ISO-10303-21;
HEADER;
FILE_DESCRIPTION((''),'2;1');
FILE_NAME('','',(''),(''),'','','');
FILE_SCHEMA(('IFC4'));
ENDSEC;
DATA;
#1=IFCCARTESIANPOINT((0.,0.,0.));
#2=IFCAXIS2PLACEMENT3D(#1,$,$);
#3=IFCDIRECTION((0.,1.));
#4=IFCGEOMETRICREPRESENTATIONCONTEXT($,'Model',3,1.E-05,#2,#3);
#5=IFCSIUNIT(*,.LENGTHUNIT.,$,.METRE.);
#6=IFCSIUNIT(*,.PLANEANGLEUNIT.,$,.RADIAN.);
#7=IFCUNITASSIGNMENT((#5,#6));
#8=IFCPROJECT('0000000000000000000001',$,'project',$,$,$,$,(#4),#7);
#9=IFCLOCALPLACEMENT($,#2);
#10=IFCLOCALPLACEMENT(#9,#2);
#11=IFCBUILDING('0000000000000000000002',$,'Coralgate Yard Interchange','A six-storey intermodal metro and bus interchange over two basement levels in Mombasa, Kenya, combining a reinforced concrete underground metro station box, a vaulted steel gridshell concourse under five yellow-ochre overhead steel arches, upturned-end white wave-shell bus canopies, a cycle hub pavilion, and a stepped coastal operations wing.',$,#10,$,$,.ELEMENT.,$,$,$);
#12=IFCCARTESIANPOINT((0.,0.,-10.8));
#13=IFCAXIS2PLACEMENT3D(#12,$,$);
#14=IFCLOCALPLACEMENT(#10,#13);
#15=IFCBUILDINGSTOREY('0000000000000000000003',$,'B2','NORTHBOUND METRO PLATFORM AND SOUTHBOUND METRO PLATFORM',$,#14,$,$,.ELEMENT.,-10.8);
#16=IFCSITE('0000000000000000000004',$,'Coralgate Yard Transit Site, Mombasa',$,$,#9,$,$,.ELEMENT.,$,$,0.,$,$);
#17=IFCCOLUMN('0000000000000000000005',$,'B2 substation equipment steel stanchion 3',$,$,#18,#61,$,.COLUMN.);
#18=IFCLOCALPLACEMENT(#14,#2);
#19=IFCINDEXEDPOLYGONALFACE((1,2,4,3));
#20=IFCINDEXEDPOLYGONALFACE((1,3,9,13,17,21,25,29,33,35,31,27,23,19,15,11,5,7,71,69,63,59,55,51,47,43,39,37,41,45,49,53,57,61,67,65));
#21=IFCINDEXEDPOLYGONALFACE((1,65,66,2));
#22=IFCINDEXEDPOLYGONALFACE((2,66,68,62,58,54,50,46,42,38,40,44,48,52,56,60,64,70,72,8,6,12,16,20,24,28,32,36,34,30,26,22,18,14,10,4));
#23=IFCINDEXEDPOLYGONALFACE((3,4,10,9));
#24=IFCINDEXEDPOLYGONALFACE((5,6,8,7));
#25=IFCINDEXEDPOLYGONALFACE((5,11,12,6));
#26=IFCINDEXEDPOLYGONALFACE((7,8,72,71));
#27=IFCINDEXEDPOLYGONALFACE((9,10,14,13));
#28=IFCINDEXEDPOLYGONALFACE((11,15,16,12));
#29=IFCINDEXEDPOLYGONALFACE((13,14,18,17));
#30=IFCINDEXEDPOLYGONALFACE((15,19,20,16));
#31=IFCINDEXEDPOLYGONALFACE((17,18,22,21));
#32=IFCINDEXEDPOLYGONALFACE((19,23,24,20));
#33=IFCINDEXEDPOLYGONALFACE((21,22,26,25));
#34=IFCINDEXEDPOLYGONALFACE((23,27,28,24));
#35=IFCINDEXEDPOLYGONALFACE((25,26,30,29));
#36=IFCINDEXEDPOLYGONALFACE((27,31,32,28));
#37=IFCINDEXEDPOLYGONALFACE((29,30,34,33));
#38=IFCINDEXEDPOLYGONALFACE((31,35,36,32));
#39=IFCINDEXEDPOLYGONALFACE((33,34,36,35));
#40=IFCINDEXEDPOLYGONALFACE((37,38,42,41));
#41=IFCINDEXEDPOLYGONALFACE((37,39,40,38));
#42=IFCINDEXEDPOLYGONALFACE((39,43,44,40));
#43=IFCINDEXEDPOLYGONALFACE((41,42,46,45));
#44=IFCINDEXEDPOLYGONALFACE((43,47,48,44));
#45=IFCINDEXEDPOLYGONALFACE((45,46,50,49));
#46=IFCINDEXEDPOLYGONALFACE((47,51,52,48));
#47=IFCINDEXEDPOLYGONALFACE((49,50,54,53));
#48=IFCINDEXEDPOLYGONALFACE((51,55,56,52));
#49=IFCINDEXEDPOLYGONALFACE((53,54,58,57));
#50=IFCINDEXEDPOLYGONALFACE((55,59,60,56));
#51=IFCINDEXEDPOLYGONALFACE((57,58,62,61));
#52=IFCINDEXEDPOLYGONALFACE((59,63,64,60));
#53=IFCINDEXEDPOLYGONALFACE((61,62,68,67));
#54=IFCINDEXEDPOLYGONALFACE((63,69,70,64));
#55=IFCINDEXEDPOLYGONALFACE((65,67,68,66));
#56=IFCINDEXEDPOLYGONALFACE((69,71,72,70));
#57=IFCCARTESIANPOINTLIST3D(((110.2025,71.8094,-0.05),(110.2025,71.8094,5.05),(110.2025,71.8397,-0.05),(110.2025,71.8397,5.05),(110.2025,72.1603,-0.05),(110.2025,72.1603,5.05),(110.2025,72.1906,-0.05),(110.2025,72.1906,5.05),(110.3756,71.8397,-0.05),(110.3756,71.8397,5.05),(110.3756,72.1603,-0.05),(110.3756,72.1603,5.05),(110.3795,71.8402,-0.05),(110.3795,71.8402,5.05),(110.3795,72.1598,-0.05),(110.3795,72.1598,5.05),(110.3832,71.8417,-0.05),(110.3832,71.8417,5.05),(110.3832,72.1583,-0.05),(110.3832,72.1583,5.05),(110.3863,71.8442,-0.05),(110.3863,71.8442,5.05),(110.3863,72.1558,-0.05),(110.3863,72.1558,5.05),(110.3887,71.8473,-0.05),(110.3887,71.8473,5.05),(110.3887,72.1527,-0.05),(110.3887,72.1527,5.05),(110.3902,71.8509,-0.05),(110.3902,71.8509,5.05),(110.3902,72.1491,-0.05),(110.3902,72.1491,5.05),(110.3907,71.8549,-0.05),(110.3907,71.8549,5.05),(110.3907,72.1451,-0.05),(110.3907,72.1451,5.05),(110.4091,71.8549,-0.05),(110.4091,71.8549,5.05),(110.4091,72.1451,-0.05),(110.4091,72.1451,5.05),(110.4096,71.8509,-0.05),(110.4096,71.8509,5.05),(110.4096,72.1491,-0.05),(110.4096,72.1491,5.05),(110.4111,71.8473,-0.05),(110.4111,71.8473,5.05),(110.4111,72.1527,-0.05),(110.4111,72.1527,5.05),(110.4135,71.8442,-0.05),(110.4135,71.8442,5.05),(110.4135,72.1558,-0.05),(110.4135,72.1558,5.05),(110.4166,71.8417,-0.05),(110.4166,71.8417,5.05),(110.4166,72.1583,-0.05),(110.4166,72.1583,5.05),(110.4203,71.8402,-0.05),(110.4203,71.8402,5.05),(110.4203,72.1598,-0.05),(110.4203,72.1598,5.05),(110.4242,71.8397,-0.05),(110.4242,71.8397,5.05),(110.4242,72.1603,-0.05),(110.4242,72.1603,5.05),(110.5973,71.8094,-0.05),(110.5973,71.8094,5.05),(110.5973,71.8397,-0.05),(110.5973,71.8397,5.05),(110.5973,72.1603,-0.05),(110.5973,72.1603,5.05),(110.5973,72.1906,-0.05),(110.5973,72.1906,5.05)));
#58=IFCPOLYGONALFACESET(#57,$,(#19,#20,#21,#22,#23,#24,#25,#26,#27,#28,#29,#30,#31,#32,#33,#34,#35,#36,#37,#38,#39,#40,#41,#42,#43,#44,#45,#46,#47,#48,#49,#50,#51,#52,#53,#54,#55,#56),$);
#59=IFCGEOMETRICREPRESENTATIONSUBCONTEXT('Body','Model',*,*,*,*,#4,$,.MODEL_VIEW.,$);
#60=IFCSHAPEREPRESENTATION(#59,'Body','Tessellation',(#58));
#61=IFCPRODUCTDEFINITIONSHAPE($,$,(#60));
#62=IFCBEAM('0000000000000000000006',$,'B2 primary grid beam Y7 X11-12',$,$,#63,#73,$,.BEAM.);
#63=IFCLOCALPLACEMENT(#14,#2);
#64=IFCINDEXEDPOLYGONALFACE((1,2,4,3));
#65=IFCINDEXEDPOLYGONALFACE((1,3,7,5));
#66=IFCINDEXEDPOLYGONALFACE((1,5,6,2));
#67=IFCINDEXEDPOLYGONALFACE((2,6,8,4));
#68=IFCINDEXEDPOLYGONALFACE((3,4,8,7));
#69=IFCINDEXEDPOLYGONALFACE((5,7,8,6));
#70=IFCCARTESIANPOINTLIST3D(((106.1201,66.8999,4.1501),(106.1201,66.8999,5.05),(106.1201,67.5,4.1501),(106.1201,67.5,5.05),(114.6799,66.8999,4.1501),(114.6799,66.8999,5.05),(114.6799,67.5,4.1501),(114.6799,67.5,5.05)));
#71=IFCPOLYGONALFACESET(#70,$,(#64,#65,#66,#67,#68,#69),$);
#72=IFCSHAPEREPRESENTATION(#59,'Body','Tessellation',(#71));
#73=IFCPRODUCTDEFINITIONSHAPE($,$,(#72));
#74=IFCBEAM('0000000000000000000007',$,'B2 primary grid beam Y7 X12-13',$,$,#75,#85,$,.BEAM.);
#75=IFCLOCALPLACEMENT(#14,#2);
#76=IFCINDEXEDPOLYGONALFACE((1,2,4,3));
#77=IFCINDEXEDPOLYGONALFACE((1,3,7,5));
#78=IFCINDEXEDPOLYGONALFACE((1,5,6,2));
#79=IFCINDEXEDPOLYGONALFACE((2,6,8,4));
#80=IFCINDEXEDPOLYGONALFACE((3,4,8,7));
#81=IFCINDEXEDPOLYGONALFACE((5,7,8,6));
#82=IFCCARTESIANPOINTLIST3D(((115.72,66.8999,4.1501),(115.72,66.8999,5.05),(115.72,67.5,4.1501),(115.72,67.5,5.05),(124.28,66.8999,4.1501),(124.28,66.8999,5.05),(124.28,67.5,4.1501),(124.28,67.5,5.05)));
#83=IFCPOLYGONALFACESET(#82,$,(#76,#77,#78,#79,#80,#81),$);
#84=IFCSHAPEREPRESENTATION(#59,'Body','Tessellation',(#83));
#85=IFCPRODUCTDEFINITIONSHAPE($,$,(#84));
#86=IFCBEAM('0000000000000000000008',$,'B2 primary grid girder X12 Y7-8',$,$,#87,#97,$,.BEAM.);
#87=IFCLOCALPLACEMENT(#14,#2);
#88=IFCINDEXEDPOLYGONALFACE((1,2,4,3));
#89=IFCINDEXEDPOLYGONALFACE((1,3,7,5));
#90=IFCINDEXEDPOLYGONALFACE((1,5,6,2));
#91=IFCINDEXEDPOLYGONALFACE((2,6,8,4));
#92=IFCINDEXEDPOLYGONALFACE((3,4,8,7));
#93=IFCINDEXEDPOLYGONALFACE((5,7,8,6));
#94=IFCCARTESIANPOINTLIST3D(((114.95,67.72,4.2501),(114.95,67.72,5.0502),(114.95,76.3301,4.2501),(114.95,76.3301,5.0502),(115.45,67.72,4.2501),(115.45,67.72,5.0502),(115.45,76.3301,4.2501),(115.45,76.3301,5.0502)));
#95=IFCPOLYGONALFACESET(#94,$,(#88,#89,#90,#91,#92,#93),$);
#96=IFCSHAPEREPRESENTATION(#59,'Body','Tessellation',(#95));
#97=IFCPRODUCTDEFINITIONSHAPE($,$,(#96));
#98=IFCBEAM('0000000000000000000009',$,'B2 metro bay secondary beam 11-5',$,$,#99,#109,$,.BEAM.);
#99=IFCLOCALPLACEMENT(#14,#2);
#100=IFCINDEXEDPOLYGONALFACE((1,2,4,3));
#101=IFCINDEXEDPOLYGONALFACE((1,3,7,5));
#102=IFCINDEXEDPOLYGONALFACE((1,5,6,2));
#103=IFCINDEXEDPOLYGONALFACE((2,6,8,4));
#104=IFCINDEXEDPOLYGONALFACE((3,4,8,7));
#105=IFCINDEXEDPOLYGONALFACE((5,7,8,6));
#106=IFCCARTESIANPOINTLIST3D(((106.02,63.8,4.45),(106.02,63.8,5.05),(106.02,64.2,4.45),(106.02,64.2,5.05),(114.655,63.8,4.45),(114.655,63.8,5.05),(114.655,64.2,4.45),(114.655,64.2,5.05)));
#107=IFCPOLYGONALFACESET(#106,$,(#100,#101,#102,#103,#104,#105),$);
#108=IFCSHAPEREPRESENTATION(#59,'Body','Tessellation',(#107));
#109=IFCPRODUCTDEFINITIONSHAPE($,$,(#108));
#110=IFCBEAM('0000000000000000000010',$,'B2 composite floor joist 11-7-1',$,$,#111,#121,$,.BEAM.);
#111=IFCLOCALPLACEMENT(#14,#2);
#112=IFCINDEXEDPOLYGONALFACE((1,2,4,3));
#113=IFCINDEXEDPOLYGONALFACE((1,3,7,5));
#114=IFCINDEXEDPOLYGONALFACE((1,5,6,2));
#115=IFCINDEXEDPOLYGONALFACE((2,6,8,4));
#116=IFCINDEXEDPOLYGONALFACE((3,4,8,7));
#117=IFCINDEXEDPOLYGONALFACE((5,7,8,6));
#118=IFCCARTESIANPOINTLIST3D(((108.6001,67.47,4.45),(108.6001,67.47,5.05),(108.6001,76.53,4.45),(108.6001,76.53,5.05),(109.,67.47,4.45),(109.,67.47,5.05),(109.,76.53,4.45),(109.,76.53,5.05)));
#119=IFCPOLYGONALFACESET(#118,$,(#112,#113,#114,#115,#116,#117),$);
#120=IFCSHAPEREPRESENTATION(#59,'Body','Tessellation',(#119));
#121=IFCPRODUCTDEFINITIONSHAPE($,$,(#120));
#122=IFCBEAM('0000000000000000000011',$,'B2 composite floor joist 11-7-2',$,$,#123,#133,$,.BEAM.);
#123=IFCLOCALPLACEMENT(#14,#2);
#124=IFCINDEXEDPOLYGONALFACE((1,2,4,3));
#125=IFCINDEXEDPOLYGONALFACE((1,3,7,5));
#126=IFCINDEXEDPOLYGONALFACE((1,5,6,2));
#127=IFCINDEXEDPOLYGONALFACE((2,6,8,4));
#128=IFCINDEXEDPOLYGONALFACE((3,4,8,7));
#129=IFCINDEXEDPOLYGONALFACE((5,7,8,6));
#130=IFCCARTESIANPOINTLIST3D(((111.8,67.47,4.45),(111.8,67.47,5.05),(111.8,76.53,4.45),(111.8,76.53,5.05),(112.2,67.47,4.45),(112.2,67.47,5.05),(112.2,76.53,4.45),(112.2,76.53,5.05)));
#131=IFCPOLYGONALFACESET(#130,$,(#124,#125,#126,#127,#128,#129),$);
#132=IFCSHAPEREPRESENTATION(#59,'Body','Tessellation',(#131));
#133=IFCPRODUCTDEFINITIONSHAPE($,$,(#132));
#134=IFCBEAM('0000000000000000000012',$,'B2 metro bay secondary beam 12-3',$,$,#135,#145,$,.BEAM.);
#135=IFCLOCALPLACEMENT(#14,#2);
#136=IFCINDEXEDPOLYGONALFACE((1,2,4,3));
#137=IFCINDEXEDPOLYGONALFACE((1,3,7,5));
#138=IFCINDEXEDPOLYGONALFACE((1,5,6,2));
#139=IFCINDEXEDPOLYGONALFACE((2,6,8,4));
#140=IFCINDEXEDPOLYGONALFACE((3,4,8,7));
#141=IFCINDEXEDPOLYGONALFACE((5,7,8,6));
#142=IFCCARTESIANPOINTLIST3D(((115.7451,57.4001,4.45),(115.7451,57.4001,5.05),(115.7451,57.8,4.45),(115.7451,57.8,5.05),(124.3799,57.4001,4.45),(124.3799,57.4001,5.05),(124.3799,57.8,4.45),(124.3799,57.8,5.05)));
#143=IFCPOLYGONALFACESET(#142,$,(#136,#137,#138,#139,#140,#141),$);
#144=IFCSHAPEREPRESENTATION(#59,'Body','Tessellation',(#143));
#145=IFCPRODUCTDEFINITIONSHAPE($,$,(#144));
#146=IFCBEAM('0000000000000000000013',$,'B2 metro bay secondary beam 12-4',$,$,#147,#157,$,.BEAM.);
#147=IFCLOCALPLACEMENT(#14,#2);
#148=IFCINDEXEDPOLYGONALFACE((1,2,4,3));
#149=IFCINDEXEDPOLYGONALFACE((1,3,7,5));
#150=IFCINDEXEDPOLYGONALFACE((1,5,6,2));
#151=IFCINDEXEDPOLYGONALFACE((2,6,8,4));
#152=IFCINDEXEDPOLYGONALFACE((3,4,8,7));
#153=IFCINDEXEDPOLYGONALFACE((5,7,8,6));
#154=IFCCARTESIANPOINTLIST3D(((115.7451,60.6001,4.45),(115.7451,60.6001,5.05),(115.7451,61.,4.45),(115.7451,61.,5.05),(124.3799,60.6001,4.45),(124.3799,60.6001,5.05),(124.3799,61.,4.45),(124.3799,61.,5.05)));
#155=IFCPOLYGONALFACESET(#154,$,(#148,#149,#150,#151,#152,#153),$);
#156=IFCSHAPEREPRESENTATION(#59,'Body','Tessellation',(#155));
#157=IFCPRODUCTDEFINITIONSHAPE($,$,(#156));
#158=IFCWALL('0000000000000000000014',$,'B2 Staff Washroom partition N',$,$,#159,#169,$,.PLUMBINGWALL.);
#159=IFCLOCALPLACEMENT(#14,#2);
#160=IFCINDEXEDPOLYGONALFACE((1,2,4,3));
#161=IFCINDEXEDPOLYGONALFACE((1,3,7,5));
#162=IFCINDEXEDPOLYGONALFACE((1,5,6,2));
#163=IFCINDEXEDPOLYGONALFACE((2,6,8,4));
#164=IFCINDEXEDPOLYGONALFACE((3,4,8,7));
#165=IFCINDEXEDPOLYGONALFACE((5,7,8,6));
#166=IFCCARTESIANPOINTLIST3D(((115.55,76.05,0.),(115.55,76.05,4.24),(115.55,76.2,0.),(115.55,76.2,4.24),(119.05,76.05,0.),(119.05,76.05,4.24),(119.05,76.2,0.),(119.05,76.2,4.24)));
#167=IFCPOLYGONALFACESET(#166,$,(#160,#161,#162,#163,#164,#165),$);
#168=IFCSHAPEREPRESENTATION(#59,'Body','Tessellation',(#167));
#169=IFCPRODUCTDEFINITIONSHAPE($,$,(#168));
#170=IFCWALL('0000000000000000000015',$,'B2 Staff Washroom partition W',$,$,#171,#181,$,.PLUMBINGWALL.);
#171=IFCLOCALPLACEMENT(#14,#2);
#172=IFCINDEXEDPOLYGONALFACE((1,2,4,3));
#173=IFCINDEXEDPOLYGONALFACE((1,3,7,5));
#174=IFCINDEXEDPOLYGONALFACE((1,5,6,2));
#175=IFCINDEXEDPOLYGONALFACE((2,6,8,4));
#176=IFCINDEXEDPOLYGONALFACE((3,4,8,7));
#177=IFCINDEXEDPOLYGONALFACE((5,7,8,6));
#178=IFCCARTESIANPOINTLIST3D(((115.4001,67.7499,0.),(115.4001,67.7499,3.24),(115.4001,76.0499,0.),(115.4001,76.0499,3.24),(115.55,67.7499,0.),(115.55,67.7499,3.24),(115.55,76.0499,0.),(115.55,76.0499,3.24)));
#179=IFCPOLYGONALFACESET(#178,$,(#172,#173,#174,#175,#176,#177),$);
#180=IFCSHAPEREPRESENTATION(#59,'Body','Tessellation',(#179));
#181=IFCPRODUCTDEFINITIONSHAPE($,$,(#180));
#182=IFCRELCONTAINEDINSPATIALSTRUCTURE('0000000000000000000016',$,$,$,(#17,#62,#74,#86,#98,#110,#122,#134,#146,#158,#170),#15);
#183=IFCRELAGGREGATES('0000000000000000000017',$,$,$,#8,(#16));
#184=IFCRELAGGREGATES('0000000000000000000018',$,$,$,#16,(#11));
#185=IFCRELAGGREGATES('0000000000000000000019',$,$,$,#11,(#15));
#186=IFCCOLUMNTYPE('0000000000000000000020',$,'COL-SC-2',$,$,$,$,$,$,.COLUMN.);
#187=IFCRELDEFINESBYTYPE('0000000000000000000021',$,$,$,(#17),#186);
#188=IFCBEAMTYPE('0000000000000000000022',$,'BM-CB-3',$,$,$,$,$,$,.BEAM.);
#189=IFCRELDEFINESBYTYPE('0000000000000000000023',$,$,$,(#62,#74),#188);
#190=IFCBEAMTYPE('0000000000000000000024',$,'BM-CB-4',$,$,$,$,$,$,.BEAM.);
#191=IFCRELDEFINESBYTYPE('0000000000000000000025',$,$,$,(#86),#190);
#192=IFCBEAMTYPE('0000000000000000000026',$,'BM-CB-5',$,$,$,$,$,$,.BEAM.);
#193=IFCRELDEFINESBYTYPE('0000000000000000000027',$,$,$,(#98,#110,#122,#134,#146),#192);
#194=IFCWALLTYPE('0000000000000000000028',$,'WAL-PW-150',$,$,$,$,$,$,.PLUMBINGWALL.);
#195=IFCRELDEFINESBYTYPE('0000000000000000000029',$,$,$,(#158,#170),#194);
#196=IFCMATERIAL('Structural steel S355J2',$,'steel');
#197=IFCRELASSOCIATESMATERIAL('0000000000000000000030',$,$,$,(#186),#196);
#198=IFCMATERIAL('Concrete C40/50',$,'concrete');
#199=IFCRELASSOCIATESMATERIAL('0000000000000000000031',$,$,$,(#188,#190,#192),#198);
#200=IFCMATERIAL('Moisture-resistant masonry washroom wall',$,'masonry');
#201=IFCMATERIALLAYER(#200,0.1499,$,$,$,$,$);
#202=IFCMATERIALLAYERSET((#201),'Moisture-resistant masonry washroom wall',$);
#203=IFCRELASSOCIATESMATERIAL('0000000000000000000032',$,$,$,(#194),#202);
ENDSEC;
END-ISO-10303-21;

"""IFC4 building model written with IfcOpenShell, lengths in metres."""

from ifc_helpers import new_model, si_unit, direction, frame, frame_2d, origin, origin_2d, place, context, subcontext, project, spatial, rectangle, i_section, extrude, material, layer, layer_set, material_profile, profile_set, type_object, element, save


model = new_model("IFC4")

# Units and contexts
model_context = context("Model", 3, precision=1e-05, world=origin(), true_north=direction((0.0, 1.0)))
body_context = subcontext(model_context, "Body", "Model", "MODEL_VIEW")
ifc_project = project(units=[si_unit("LENGTHUNIT", "METRE"), si_unit("PLANEANGLEUNIT", "RADIAN")], contexts=[model_context])

# Site, building, storey
site_placement = place(None, origin())
site = spatial("IfcSite", under=ifc_project, at=site_placement, Name="Coralgate Yard Transit Site, Mombasa", CompositionType="ELEMENT", RefElevation=0.0)
building_placement = place(site_placement, origin())
building = spatial("IfcBuilding", under=site, at=building_placement, Name="Coralgate Yard Interchange", Description="A six-storey intermodal metro and bus interchange over two basement levels in Mombasa, Kenya, combining a reinforced concrete underground metro station box, a vaulted steel gridshell concourse under five yellow-ochre overhead steel arches, upturned-end white wave-shell bus canopies, a cycle hub pavilion, and a stepped coastal operations wing.", CompositionType="ELEMENT")
storey_placement = place(building_placement, frame((0.0, 0.0, -10.8)))
storey = spatial("IfcBuildingStorey", under=building, at=storey_placement, Name="B2", Description="NORTHBOUND METRO PLATFORM AND SOUTHBOUND METRO PLATFORM", CompositionType="ELEMENT", Elevation=-10.8)

# Shared definitions
ifc_material_1 = material(Name="Concrete C40/50", Category="concrete")

# Column
ifc_material_2 = material(Name="Structural steel S355J2", Category="steel")
ifc_material_profile_1 = material_profile(ifc_material_2, i_section(OverallWidth=0.3948, OverallDepth=0.3811, WebThickness=0.0183, FlangeThickness=0.0303, FilletRadius=0.0151, at=origin_2d()), Name="UC 356x406x235")
ifc_profile_set_1 = profile_set([ifc_material_profile_1], Name="Structural steel S355J2")
column_type_1 = type_object("IfcColumnType", Name="COL-SC-2", PredefinedType="COLUMN", material=ifc_profile_set_1)
column_1_placement = place(storey_placement, frame((110.3999, 72.0, -0.05), z_axis=(0.0, 0.0, 1.0), x_axis=(1.0, 0.0, 0.0)))
element("IfcColumn", 1, at=column_1_placement, inside=storey, type_object=column_type_1, Name="B2 substation equipment steel stanchion 3", PredefinedType="COLUMN", context=body_context, shape_type="SweptSolid", body=[
    extrude(i_section(OverallWidth=0.3948, OverallDepth=0.3811, WebThickness=0.0183, FlangeThickness=0.0303, FilletRadius=0.0151, at=origin_2d()), origin(), (0.0, 0.0, 1.0), 5.1001),
])

# Beams
ifc_material_profile_2 = material_profile(ifc_material_1, rectangle(XDim=0.6001, YDim=0.8999, at=origin_2d()), Name="RC 600x900")
ifc_profile_set_2 = profile_set([ifc_material_profile_2], Name="Concrete C40/50")
beam_type_1 = type_object("IfcBeamType", Name="BM-CB-3", PredefinedType="BEAM", material=ifc_profile_set_2)
beam_1_placement = place(storey_placement, frame((106.1201, 67.2, 4.6001), z_axis=(1.0, 0.0, 0.0), x_axis=(0.0, 1.0, 0.0)))
element("IfcBeam", 2, at=beam_1_placement, inside=storey, type_object=beam_type_1, Name="B2 primary grid beam Y7 X11-12", PredefinedType="BEAM", context=body_context, shape_type="SweptSolid", body=[
    extrude(rectangle(XDim=0.6001, YDim=0.8999, at=origin_2d()), origin(), (0.0, 0.0, 1.0), 8.5598),
])
beam_2_placement = place(storey_placement, frame((115.72, 67.2, 4.6001), z_axis=(1.0, 0.0, 0.0), x_axis=(0.0, 1.0, 0.0)))
element("IfcBeam", 3, at=beam_2_placement, inside=storey, type_object=beam_type_1, Name="B2 primary grid beam Y7 X12-13", PredefinedType="BEAM", context=body_context, shape_type="SweptSolid", body=[
    extrude(rectangle(XDim=0.6001, YDim=0.8999, at=origin_2d()), origin(), (0.0, 0.0, 1.0), 8.5601),
])
ifc_material_profile_3 = material_profile(ifc_material_1, rectangle(XDim=0.5, YDim=0.8, at=origin_2d()), Name="RC 500x800")
ifc_profile_set_3 = profile_set([ifc_material_profile_3], Name="Concrete C40/50")
beam_type_2 = type_object("IfcBeamType", Name="BM-CB-4", PredefinedType="BEAM", material=ifc_profile_set_3)
beam_3_placement = place(storey_placement, frame((115.2, 67.72, 4.6501), z_axis=(0.0, 1.0, 0.0), x_axis=(-1.0, 0.0, 0.0)))
element("IfcBeam", 4, at=beam_3_placement, inside=storey, type_object=beam_type_2, Name="B2 primary grid girder X12 Y7-8", PredefinedType="BEAM", context=body_context, shape_type="SweptSolid", body=[
    extrude(rectangle(XDim=0.5, YDim=0.8, at=origin_2d()), origin(), (0.0, 0.0, 1.0), 8.6101),
])
ifc_material_profile_4 = material_profile(ifc_material_1, rectangle(XDim=0.3999, YDim=0.6001, at=origin_2d()), Name="RC 400x600")
ifc_profile_set_4 = profile_set([ifc_material_profile_4], Name="Concrete C40/50")
beam_type_3 = type_object("IfcBeamType", Name="BM-CB-5", PredefinedType="BEAM", material=ifc_profile_set_4)
beam_4_placement = place(storey_placement, frame((106.02, 64.0, 4.75), z_axis=(1.0, 0.0, 0.0), x_axis=(0.0, 1.0, 0.0)))
element("IfcBeam", 5, at=beam_4_placement, inside=storey, type_object=beam_type_3, Name="B2 metro bay secondary beam 11-5", PredefinedType="BEAM", context=body_context, shape_type="SweptSolid", body=[
    extrude(rectangle(XDim=0.3999, YDim=0.6001, at=origin_2d()), origin(), (0.0, 0.0, 1.0), 8.635),
])
for number, where, z_axis, x_axis, name in (
    (6, (108.8, 67.47, 4.75), (0.0, 1.0, 0.0), (-1.0, 0.0, 0.0), "B2 composite floor joist 11-7-1"),
    (7, (112.0, 67.47, 4.75), (0.0, 1.0, 0.0), (-1.0, 0.0, 0.0), "B2 composite floor joist 11-7-2"),
):
    element("IfcBeam", number, at=place(storey_placement, frame(where, z_axis=z_axis, x_axis=x_axis)), inside=storey, type_object=beam_type_3, Name=name, PredefinedType="BEAM", context=body_context, shape_type="SweptSolid", body=[
        extrude(rectangle(XDim=0.3999, YDim=0.6001, at=origin_2d()), origin(), (0.0, 0.0, 1.0), 9.0601),
    ])
for number, where, z_axis, x_axis, name in (
    (8, (115.7451, 57.6001, 4.75), (1.0, 0.0, 0.0), (0.0, 1.0, 0.0), "B2 metro bay secondary beam 12-3"),
    (9, (115.7451, 60.8, 4.75), (1.0, 0.0, 0.0), (0.0, 1.0, 0.0), "B2 metro bay secondary beam 12-4"),
):
    element("IfcBeam", number, at=place(storey_placement, frame(where, z_axis=z_axis, x_axis=x_axis)), inside=storey, type_object=beam_type_3, Name=name, PredefinedType="BEAM", context=body_context, shape_type="SweptSolid", body=[
        extrude(rectangle(XDim=0.3999, YDim=0.6001, at=origin_2d()), origin(), (0.0, 0.0, 1.0), 8.6348),
    ])

# Walls
ifc_material_3 = material(Name="Moisture-resistant masonry washroom wall", Category="masonry")
ifc_layer_1 = layer(ifc_material_3, 0.1499)
ifc_layer_set_1 = layer_set([ifc_layer_1], Name="Moisture-resistant masonry washroom wall")
wall_type_1 = type_object("IfcWallType", Name="WAL-PW-150", PredefinedType="PLUMBINGWALL", material=ifc_layer_set_1)
wall_1_placement = place(storey_placement, frame((115.55, 76.125, 0.0), z_axis=(0.0, 0.0, 1.0), x_axis=(1.0, 0.0, 0.0)))
element("IfcWall", 10, at=wall_1_placement, inside=storey, type_object=wall_type_1, Name="B2 Staff Washroom partition N", PredefinedType="PLUMBINGWALL", context=body_context, shape_type="SweptSolid", body=[
    extrude(rectangle(XDim=3.5, YDim=0.1499, at=frame_2d((1.75, 0.0))), origin(), (0.0, 0.0, 1.0), 4.24),
])
wall_2_placement = place(storey_placement, frame((115.4751, 67.75, 0.0), z_axis=(0.0, 0.0, 1.0), x_axis=(0.0, 1.0, 0.0)))
element("IfcWall", 11, at=wall_2_placement, inside=storey, type_object=wall_type_1, Name="B2 Staff Washroom partition W", PredefinedType="PLUMBINGWALL", context=body_context, shape_type="SweptSolid", body=[
    extrude(rectangle(XDim=8.3, YDim=0.1499, at=frame_2d((4.1499, 0.0))), origin(), (0.0, 0.0, 1.0), 3.24),
])

save(model, "model.ifc")
